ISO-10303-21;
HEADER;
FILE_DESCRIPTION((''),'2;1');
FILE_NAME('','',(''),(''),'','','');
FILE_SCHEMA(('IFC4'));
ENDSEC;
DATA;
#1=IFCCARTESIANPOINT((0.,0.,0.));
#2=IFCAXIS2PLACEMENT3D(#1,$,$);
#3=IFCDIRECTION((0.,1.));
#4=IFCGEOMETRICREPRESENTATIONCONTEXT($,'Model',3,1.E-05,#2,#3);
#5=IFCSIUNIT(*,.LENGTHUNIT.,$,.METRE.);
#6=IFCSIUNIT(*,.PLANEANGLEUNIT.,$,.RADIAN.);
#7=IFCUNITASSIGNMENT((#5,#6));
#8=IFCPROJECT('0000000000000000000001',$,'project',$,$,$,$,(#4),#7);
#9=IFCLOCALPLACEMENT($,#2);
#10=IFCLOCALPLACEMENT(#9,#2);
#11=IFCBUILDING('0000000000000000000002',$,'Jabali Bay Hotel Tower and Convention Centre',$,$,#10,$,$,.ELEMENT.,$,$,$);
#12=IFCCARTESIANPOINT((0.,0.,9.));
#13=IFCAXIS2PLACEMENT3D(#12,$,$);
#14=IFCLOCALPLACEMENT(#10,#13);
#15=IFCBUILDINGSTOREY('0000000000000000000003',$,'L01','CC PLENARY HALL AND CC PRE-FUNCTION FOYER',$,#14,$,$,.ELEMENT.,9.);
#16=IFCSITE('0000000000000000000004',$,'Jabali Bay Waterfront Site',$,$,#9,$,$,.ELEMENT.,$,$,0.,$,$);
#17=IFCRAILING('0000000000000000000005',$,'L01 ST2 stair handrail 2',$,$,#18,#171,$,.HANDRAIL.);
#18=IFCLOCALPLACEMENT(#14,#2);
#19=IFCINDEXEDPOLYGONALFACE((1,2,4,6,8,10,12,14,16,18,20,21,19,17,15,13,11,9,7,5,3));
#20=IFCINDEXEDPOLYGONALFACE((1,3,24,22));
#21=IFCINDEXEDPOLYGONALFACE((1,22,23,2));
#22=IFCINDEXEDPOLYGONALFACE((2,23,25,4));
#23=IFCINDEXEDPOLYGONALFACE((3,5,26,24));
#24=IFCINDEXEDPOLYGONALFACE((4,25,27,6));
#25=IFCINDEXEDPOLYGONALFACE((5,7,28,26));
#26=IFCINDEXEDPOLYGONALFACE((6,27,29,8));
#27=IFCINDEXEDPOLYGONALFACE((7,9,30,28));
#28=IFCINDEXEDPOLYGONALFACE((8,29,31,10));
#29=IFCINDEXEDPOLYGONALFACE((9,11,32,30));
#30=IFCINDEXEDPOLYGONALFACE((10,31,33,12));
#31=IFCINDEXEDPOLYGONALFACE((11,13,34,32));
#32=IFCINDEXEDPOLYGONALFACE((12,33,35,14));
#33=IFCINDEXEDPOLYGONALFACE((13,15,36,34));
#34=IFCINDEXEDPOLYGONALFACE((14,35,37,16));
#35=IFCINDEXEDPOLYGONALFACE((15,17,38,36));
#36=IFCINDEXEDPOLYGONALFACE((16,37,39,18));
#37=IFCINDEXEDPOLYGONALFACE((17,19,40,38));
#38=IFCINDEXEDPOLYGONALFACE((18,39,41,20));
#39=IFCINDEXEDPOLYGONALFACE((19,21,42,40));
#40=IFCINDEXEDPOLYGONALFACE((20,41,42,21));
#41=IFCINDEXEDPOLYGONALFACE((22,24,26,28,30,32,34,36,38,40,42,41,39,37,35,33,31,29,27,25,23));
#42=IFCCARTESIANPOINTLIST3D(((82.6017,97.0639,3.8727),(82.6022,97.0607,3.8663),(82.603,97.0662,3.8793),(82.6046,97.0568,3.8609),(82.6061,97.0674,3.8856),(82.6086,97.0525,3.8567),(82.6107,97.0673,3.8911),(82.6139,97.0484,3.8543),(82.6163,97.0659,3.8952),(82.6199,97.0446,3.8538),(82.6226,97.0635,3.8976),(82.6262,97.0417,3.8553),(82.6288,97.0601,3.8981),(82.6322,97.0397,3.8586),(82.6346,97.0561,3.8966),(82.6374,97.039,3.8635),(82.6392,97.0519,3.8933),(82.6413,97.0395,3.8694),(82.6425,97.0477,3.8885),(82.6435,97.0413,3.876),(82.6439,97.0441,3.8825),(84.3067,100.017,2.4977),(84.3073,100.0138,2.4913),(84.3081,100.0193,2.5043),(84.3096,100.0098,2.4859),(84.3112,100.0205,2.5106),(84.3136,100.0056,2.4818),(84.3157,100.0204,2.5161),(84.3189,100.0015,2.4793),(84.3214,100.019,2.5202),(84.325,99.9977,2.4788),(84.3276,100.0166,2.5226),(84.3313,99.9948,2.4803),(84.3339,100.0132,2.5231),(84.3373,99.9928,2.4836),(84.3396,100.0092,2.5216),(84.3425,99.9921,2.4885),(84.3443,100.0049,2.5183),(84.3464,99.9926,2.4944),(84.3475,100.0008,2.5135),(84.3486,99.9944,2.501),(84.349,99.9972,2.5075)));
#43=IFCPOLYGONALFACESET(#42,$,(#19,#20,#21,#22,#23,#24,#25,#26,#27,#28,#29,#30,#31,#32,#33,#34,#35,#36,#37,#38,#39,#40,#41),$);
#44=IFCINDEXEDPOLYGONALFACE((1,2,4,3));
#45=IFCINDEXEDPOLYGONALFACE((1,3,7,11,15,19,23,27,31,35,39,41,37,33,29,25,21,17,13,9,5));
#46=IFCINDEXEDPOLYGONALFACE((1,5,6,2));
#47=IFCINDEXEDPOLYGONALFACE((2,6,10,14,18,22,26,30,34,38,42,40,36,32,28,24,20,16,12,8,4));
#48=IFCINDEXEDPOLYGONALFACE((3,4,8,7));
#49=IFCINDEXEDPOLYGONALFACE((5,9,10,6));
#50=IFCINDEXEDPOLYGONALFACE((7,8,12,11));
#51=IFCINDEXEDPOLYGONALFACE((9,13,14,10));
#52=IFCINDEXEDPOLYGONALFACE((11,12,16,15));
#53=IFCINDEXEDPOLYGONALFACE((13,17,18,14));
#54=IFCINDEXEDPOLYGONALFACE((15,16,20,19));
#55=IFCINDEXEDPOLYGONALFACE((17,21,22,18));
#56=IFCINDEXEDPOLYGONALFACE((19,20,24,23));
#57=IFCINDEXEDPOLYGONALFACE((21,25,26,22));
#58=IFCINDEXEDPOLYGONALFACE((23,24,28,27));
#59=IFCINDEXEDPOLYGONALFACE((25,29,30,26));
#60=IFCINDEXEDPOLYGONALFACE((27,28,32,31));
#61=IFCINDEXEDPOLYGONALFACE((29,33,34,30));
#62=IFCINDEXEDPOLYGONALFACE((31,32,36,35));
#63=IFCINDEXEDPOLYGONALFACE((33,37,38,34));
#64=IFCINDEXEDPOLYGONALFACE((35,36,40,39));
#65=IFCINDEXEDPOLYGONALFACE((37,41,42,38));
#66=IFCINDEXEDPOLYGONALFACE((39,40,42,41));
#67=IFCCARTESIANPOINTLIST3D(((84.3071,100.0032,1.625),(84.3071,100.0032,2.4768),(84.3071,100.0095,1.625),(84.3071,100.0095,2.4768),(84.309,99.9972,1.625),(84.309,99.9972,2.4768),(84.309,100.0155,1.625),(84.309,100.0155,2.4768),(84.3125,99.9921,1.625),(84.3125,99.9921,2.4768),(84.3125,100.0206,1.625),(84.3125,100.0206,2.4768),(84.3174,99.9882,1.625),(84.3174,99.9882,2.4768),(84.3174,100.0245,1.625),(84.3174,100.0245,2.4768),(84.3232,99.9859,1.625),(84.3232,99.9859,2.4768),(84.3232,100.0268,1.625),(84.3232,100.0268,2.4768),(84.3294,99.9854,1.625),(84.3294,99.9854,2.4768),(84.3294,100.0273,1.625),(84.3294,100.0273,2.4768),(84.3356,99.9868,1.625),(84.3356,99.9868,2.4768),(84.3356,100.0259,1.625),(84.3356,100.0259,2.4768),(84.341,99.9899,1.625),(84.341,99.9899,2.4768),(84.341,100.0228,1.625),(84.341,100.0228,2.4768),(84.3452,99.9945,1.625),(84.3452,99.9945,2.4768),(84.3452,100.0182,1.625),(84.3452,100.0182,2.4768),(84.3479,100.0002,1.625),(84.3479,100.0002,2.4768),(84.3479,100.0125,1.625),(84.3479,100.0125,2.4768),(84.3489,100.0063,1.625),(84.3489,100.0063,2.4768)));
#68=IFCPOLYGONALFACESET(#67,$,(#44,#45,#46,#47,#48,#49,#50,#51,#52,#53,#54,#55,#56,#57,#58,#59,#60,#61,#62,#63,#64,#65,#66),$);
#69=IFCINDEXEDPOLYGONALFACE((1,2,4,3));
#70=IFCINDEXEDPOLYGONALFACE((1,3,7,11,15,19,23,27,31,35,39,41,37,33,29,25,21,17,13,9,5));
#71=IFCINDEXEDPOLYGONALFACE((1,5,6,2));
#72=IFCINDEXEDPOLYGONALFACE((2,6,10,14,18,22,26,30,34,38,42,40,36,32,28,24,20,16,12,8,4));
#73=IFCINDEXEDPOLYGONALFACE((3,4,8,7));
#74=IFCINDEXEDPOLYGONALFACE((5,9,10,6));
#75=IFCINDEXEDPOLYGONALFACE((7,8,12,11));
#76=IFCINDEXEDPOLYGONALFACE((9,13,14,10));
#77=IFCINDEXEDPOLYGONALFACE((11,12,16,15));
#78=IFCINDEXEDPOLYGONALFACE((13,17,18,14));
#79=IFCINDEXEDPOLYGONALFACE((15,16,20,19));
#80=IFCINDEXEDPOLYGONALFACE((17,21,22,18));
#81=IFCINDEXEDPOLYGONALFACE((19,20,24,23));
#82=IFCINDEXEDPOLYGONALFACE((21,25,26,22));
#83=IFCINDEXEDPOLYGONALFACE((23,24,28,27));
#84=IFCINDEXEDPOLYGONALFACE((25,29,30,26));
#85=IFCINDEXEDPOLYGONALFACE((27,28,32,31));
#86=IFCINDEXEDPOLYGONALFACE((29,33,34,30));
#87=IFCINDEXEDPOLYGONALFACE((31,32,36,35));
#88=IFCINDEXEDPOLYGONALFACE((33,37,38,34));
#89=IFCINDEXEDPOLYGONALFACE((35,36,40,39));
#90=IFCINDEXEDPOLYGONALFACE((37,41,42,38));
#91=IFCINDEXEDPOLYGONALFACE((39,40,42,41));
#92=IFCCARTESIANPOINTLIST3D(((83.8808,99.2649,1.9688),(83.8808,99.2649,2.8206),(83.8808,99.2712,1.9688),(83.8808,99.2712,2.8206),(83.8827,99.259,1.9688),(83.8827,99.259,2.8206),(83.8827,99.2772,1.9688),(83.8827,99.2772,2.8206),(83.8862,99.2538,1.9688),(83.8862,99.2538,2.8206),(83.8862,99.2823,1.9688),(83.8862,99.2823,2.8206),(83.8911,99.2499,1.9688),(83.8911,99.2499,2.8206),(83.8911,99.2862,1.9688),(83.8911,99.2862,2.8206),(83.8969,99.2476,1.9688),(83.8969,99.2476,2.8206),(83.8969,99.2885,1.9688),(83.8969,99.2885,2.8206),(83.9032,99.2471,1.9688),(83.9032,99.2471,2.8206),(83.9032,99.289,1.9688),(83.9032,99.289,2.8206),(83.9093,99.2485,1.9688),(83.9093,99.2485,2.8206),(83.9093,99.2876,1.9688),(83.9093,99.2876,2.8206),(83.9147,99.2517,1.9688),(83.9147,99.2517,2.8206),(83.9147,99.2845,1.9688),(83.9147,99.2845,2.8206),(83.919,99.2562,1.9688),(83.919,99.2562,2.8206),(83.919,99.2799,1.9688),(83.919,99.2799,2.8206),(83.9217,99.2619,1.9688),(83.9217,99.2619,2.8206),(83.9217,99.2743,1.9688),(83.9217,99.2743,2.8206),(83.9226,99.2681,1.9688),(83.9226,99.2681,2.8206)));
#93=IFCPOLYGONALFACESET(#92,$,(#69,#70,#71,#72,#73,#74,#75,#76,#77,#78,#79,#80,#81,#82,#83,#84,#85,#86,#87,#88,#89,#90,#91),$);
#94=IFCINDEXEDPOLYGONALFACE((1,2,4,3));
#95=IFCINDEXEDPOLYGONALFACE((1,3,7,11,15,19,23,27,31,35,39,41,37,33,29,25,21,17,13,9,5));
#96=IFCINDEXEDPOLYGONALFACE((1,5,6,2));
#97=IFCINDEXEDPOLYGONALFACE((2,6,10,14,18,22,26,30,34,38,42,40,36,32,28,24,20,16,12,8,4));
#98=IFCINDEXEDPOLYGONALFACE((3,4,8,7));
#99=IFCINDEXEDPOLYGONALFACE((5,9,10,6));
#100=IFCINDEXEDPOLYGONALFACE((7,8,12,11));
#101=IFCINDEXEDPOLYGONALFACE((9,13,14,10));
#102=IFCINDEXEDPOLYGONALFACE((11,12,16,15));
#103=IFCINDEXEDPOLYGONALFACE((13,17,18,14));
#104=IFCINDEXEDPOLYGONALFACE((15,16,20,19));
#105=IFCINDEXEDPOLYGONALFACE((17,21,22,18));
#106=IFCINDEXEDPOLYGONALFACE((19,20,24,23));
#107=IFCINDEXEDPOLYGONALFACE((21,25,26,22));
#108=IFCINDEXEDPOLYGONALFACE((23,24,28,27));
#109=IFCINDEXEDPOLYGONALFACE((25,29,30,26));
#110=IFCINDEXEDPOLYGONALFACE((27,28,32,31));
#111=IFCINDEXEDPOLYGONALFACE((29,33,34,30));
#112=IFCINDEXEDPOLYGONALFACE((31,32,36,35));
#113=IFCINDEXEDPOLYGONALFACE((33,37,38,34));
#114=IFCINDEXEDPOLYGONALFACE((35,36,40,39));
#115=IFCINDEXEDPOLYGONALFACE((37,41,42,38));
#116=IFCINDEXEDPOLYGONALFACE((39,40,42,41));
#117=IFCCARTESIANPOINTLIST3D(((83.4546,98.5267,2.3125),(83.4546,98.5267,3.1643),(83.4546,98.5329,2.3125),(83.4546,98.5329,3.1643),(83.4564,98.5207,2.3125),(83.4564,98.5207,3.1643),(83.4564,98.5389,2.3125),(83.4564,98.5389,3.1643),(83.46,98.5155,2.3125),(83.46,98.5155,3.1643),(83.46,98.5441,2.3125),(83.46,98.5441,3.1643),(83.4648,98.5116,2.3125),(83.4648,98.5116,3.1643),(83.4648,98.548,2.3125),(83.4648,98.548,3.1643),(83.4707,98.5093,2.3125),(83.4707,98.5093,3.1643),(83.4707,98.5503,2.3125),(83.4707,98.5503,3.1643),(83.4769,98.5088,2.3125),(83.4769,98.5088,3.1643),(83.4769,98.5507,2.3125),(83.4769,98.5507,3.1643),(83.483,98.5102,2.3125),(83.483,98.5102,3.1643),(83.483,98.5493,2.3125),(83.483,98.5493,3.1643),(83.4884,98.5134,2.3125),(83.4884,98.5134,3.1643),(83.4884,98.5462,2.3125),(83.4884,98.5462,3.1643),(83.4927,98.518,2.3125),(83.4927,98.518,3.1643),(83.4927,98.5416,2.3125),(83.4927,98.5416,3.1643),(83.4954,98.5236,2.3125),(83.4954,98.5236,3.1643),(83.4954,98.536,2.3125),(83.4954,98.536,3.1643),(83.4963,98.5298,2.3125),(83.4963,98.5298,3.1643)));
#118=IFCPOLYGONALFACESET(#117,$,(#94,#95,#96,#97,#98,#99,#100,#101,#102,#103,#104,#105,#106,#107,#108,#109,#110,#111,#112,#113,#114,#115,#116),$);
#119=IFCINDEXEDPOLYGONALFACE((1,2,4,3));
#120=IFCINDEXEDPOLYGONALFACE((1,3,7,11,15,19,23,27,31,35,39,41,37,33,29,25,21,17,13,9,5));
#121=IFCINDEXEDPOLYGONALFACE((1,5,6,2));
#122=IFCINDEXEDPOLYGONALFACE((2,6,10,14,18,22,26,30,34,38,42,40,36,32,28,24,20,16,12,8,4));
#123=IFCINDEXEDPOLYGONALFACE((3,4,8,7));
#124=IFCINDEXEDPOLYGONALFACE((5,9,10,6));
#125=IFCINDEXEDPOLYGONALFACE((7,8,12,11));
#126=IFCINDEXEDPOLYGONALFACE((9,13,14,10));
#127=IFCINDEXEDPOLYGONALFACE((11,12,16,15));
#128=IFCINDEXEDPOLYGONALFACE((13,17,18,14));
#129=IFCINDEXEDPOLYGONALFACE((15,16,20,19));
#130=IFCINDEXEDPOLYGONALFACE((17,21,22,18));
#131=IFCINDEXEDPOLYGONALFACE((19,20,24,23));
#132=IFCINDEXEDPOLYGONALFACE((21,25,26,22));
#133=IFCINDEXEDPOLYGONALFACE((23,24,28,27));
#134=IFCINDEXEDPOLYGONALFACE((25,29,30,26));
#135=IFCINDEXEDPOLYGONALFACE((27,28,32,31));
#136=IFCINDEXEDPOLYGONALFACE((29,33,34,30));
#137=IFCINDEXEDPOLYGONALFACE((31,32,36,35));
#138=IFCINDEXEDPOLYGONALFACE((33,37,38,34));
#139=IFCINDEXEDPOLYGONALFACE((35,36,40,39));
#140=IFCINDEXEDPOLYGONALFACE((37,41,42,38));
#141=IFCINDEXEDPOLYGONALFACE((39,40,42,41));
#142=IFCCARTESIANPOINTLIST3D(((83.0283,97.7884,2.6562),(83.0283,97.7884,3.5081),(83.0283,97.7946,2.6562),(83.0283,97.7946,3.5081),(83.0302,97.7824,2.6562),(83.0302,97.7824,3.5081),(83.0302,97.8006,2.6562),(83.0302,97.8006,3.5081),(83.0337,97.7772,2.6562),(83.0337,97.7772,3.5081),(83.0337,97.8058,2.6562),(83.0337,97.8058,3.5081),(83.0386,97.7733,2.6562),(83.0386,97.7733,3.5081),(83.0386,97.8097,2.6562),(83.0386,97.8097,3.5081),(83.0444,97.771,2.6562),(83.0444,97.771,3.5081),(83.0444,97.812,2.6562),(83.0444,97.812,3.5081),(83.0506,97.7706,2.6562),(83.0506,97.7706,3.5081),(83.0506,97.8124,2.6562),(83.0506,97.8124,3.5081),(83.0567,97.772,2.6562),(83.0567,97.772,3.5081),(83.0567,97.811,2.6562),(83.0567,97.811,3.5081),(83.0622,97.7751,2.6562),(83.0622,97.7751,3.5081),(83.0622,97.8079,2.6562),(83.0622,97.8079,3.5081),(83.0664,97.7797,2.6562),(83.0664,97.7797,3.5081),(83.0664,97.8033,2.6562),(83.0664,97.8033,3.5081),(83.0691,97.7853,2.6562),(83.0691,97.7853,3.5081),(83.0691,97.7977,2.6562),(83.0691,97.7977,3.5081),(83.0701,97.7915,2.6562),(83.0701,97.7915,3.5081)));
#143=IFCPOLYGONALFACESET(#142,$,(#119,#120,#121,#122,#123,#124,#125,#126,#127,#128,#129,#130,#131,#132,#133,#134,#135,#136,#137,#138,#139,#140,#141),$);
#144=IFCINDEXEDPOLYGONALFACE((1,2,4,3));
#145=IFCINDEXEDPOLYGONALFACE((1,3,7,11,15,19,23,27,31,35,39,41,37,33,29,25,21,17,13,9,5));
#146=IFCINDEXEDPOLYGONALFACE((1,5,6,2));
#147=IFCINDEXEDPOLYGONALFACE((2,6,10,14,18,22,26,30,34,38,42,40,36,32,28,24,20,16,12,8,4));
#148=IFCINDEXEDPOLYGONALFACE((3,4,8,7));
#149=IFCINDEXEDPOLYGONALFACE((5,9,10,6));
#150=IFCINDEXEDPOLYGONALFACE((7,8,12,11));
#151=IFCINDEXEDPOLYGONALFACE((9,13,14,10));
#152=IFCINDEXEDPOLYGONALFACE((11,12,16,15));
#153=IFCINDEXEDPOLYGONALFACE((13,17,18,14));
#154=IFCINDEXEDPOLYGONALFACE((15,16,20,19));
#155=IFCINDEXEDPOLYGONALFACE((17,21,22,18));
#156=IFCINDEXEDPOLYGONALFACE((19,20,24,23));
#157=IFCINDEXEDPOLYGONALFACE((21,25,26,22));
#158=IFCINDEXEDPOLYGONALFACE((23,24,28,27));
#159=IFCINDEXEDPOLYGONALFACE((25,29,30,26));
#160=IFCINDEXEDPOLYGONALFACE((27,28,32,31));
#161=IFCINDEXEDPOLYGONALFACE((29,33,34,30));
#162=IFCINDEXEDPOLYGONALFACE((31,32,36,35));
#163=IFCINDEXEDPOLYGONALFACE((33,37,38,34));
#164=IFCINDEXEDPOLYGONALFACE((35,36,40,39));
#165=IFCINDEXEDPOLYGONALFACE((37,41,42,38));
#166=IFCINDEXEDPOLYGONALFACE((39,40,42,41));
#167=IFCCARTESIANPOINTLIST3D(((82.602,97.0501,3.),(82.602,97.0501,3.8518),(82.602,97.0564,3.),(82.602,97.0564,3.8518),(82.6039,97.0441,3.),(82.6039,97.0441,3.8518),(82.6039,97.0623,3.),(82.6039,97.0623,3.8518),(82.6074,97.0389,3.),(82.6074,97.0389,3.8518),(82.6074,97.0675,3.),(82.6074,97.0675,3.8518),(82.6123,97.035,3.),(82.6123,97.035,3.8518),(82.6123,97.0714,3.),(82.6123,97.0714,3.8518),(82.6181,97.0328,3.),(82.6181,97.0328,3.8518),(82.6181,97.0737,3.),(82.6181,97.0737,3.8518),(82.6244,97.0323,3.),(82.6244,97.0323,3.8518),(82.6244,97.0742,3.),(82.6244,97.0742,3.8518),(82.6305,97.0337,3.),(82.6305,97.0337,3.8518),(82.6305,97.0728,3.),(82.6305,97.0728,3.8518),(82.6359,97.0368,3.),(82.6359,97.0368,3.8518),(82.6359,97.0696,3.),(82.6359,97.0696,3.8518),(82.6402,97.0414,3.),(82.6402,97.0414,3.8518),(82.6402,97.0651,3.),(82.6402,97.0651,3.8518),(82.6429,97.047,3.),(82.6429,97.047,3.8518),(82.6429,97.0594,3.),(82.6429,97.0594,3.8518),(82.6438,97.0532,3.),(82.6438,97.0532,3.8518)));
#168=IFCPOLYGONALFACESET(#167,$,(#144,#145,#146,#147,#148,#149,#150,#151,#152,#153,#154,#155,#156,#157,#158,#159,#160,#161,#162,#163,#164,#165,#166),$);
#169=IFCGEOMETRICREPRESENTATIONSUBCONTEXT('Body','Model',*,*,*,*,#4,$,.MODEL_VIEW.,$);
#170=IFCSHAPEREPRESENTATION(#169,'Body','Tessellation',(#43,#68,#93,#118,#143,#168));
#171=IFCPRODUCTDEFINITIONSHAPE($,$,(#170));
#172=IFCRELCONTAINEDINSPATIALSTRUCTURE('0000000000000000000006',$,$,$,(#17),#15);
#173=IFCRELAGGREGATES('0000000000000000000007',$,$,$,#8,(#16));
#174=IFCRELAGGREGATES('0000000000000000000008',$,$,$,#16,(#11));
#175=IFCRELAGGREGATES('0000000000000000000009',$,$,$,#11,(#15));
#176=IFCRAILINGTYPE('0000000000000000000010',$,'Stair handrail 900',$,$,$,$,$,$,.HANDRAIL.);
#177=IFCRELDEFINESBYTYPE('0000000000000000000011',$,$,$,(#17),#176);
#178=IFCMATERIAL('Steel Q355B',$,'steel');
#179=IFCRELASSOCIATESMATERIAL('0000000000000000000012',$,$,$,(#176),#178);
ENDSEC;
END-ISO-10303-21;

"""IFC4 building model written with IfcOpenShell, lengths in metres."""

from ifc_helpers import new_model, si_unit, direction, frame, origin, origin_2d, place, context, subcontext, project, spatial, circle, extrude, material, type_object, element, save


model = new_model("IFC4")

# Units and contexts
model_context = context("Model", 3, precision=1e-05, world=origin(), true_north=direction((0.0, 1.0)))
body_context = subcontext(model_context, "Body", "Model", "MODEL_VIEW")
ifc_project = project(units=[si_unit("LENGTHUNIT", "METRE"), si_unit("PLANEANGLEUNIT", "RADIAN")], contexts=[model_context])

# Site, building, storey
site_placement = place(None, origin())
site = spatial("IfcSite", under=ifc_project, at=site_placement, Name="Jabali Bay Waterfront Site", CompositionType="ELEMENT", RefElevation=0.0)
building_placement = place(site_placement, origin())
building = spatial("IfcBuilding", under=site, at=building_placement, Name="Jabali Bay Hotel Tower and Convention Centre", CompositionType="ELEMENT")
storey_placement = place(building_placement, frame((0.0, 0.0, 9.0)))
storey = spatial("IfcBuildingStorey", under=building, at=storey_placement, Name="L01", Description="CC PLENARY HALL AND CC PRE-FUNCTION FOYER", CompositionType="ELEMENT", Elevation=9.0)

# Railing
ifc_material_1 = material(Name="Steel Q355B", Category="steel")
railing_type_1 = type_object("IfcRailingType", Name="Stair handrail 900", PredefinedType="HANDRAIL", material=ifc_material_1)
for number, where, name in (
    (1, (84.3279, 100.0063, 1.625), "L01 ST2 stair handrail 2"),
):
    element("IfcRailing", number, at=place(storey_placement, frame(where)), inside=storey, type_object=railing_type_1, Name=name, PredefinedType="HANDRAIL", context=body_context, shape_type="SweptSolid", body=[
        extrude(circle(Radius=0.0239, at=origin_2d()), frame((0.0, 0.0, 0.876), z_axis=(-0.46374, -0.803178, 0.373966), x_axis=(0.866014, -0.50002, 0.0)), (0.0, 0.0, 1.0), 3.6768),
        extrude(circle(Radius=0.021, at=origin_2d()), origin(), (0.0, 0.0, 1.0), 0.8518),
        extrude(circle(Radius=0.021, at=origin_2d()), frame((-0.4263, -0.7383, 0.3438)), (0.0, 0.0, 1.0), 0.8518),
        extrude(circle(Radius=0.021, at=origin_2d()), frame((-0.8525, -1.4766, 0.6875)), (0.0, 0.0, 1.0), 0.8518),
        extrude(circle(Radius=0.021, at=origin_2d()), frame((-1.2788, -2.2148, 1.0312)), (0.0, 0.0, 1.0), 0.8518),
        extrude(circle(Radius=0.021, at=origin_2d()), frame((-1.7051, -2.9531, 1.375)), (0.0, 0.0, 1.0), 0.8518),
    ])

save(model, "model.ifc")
